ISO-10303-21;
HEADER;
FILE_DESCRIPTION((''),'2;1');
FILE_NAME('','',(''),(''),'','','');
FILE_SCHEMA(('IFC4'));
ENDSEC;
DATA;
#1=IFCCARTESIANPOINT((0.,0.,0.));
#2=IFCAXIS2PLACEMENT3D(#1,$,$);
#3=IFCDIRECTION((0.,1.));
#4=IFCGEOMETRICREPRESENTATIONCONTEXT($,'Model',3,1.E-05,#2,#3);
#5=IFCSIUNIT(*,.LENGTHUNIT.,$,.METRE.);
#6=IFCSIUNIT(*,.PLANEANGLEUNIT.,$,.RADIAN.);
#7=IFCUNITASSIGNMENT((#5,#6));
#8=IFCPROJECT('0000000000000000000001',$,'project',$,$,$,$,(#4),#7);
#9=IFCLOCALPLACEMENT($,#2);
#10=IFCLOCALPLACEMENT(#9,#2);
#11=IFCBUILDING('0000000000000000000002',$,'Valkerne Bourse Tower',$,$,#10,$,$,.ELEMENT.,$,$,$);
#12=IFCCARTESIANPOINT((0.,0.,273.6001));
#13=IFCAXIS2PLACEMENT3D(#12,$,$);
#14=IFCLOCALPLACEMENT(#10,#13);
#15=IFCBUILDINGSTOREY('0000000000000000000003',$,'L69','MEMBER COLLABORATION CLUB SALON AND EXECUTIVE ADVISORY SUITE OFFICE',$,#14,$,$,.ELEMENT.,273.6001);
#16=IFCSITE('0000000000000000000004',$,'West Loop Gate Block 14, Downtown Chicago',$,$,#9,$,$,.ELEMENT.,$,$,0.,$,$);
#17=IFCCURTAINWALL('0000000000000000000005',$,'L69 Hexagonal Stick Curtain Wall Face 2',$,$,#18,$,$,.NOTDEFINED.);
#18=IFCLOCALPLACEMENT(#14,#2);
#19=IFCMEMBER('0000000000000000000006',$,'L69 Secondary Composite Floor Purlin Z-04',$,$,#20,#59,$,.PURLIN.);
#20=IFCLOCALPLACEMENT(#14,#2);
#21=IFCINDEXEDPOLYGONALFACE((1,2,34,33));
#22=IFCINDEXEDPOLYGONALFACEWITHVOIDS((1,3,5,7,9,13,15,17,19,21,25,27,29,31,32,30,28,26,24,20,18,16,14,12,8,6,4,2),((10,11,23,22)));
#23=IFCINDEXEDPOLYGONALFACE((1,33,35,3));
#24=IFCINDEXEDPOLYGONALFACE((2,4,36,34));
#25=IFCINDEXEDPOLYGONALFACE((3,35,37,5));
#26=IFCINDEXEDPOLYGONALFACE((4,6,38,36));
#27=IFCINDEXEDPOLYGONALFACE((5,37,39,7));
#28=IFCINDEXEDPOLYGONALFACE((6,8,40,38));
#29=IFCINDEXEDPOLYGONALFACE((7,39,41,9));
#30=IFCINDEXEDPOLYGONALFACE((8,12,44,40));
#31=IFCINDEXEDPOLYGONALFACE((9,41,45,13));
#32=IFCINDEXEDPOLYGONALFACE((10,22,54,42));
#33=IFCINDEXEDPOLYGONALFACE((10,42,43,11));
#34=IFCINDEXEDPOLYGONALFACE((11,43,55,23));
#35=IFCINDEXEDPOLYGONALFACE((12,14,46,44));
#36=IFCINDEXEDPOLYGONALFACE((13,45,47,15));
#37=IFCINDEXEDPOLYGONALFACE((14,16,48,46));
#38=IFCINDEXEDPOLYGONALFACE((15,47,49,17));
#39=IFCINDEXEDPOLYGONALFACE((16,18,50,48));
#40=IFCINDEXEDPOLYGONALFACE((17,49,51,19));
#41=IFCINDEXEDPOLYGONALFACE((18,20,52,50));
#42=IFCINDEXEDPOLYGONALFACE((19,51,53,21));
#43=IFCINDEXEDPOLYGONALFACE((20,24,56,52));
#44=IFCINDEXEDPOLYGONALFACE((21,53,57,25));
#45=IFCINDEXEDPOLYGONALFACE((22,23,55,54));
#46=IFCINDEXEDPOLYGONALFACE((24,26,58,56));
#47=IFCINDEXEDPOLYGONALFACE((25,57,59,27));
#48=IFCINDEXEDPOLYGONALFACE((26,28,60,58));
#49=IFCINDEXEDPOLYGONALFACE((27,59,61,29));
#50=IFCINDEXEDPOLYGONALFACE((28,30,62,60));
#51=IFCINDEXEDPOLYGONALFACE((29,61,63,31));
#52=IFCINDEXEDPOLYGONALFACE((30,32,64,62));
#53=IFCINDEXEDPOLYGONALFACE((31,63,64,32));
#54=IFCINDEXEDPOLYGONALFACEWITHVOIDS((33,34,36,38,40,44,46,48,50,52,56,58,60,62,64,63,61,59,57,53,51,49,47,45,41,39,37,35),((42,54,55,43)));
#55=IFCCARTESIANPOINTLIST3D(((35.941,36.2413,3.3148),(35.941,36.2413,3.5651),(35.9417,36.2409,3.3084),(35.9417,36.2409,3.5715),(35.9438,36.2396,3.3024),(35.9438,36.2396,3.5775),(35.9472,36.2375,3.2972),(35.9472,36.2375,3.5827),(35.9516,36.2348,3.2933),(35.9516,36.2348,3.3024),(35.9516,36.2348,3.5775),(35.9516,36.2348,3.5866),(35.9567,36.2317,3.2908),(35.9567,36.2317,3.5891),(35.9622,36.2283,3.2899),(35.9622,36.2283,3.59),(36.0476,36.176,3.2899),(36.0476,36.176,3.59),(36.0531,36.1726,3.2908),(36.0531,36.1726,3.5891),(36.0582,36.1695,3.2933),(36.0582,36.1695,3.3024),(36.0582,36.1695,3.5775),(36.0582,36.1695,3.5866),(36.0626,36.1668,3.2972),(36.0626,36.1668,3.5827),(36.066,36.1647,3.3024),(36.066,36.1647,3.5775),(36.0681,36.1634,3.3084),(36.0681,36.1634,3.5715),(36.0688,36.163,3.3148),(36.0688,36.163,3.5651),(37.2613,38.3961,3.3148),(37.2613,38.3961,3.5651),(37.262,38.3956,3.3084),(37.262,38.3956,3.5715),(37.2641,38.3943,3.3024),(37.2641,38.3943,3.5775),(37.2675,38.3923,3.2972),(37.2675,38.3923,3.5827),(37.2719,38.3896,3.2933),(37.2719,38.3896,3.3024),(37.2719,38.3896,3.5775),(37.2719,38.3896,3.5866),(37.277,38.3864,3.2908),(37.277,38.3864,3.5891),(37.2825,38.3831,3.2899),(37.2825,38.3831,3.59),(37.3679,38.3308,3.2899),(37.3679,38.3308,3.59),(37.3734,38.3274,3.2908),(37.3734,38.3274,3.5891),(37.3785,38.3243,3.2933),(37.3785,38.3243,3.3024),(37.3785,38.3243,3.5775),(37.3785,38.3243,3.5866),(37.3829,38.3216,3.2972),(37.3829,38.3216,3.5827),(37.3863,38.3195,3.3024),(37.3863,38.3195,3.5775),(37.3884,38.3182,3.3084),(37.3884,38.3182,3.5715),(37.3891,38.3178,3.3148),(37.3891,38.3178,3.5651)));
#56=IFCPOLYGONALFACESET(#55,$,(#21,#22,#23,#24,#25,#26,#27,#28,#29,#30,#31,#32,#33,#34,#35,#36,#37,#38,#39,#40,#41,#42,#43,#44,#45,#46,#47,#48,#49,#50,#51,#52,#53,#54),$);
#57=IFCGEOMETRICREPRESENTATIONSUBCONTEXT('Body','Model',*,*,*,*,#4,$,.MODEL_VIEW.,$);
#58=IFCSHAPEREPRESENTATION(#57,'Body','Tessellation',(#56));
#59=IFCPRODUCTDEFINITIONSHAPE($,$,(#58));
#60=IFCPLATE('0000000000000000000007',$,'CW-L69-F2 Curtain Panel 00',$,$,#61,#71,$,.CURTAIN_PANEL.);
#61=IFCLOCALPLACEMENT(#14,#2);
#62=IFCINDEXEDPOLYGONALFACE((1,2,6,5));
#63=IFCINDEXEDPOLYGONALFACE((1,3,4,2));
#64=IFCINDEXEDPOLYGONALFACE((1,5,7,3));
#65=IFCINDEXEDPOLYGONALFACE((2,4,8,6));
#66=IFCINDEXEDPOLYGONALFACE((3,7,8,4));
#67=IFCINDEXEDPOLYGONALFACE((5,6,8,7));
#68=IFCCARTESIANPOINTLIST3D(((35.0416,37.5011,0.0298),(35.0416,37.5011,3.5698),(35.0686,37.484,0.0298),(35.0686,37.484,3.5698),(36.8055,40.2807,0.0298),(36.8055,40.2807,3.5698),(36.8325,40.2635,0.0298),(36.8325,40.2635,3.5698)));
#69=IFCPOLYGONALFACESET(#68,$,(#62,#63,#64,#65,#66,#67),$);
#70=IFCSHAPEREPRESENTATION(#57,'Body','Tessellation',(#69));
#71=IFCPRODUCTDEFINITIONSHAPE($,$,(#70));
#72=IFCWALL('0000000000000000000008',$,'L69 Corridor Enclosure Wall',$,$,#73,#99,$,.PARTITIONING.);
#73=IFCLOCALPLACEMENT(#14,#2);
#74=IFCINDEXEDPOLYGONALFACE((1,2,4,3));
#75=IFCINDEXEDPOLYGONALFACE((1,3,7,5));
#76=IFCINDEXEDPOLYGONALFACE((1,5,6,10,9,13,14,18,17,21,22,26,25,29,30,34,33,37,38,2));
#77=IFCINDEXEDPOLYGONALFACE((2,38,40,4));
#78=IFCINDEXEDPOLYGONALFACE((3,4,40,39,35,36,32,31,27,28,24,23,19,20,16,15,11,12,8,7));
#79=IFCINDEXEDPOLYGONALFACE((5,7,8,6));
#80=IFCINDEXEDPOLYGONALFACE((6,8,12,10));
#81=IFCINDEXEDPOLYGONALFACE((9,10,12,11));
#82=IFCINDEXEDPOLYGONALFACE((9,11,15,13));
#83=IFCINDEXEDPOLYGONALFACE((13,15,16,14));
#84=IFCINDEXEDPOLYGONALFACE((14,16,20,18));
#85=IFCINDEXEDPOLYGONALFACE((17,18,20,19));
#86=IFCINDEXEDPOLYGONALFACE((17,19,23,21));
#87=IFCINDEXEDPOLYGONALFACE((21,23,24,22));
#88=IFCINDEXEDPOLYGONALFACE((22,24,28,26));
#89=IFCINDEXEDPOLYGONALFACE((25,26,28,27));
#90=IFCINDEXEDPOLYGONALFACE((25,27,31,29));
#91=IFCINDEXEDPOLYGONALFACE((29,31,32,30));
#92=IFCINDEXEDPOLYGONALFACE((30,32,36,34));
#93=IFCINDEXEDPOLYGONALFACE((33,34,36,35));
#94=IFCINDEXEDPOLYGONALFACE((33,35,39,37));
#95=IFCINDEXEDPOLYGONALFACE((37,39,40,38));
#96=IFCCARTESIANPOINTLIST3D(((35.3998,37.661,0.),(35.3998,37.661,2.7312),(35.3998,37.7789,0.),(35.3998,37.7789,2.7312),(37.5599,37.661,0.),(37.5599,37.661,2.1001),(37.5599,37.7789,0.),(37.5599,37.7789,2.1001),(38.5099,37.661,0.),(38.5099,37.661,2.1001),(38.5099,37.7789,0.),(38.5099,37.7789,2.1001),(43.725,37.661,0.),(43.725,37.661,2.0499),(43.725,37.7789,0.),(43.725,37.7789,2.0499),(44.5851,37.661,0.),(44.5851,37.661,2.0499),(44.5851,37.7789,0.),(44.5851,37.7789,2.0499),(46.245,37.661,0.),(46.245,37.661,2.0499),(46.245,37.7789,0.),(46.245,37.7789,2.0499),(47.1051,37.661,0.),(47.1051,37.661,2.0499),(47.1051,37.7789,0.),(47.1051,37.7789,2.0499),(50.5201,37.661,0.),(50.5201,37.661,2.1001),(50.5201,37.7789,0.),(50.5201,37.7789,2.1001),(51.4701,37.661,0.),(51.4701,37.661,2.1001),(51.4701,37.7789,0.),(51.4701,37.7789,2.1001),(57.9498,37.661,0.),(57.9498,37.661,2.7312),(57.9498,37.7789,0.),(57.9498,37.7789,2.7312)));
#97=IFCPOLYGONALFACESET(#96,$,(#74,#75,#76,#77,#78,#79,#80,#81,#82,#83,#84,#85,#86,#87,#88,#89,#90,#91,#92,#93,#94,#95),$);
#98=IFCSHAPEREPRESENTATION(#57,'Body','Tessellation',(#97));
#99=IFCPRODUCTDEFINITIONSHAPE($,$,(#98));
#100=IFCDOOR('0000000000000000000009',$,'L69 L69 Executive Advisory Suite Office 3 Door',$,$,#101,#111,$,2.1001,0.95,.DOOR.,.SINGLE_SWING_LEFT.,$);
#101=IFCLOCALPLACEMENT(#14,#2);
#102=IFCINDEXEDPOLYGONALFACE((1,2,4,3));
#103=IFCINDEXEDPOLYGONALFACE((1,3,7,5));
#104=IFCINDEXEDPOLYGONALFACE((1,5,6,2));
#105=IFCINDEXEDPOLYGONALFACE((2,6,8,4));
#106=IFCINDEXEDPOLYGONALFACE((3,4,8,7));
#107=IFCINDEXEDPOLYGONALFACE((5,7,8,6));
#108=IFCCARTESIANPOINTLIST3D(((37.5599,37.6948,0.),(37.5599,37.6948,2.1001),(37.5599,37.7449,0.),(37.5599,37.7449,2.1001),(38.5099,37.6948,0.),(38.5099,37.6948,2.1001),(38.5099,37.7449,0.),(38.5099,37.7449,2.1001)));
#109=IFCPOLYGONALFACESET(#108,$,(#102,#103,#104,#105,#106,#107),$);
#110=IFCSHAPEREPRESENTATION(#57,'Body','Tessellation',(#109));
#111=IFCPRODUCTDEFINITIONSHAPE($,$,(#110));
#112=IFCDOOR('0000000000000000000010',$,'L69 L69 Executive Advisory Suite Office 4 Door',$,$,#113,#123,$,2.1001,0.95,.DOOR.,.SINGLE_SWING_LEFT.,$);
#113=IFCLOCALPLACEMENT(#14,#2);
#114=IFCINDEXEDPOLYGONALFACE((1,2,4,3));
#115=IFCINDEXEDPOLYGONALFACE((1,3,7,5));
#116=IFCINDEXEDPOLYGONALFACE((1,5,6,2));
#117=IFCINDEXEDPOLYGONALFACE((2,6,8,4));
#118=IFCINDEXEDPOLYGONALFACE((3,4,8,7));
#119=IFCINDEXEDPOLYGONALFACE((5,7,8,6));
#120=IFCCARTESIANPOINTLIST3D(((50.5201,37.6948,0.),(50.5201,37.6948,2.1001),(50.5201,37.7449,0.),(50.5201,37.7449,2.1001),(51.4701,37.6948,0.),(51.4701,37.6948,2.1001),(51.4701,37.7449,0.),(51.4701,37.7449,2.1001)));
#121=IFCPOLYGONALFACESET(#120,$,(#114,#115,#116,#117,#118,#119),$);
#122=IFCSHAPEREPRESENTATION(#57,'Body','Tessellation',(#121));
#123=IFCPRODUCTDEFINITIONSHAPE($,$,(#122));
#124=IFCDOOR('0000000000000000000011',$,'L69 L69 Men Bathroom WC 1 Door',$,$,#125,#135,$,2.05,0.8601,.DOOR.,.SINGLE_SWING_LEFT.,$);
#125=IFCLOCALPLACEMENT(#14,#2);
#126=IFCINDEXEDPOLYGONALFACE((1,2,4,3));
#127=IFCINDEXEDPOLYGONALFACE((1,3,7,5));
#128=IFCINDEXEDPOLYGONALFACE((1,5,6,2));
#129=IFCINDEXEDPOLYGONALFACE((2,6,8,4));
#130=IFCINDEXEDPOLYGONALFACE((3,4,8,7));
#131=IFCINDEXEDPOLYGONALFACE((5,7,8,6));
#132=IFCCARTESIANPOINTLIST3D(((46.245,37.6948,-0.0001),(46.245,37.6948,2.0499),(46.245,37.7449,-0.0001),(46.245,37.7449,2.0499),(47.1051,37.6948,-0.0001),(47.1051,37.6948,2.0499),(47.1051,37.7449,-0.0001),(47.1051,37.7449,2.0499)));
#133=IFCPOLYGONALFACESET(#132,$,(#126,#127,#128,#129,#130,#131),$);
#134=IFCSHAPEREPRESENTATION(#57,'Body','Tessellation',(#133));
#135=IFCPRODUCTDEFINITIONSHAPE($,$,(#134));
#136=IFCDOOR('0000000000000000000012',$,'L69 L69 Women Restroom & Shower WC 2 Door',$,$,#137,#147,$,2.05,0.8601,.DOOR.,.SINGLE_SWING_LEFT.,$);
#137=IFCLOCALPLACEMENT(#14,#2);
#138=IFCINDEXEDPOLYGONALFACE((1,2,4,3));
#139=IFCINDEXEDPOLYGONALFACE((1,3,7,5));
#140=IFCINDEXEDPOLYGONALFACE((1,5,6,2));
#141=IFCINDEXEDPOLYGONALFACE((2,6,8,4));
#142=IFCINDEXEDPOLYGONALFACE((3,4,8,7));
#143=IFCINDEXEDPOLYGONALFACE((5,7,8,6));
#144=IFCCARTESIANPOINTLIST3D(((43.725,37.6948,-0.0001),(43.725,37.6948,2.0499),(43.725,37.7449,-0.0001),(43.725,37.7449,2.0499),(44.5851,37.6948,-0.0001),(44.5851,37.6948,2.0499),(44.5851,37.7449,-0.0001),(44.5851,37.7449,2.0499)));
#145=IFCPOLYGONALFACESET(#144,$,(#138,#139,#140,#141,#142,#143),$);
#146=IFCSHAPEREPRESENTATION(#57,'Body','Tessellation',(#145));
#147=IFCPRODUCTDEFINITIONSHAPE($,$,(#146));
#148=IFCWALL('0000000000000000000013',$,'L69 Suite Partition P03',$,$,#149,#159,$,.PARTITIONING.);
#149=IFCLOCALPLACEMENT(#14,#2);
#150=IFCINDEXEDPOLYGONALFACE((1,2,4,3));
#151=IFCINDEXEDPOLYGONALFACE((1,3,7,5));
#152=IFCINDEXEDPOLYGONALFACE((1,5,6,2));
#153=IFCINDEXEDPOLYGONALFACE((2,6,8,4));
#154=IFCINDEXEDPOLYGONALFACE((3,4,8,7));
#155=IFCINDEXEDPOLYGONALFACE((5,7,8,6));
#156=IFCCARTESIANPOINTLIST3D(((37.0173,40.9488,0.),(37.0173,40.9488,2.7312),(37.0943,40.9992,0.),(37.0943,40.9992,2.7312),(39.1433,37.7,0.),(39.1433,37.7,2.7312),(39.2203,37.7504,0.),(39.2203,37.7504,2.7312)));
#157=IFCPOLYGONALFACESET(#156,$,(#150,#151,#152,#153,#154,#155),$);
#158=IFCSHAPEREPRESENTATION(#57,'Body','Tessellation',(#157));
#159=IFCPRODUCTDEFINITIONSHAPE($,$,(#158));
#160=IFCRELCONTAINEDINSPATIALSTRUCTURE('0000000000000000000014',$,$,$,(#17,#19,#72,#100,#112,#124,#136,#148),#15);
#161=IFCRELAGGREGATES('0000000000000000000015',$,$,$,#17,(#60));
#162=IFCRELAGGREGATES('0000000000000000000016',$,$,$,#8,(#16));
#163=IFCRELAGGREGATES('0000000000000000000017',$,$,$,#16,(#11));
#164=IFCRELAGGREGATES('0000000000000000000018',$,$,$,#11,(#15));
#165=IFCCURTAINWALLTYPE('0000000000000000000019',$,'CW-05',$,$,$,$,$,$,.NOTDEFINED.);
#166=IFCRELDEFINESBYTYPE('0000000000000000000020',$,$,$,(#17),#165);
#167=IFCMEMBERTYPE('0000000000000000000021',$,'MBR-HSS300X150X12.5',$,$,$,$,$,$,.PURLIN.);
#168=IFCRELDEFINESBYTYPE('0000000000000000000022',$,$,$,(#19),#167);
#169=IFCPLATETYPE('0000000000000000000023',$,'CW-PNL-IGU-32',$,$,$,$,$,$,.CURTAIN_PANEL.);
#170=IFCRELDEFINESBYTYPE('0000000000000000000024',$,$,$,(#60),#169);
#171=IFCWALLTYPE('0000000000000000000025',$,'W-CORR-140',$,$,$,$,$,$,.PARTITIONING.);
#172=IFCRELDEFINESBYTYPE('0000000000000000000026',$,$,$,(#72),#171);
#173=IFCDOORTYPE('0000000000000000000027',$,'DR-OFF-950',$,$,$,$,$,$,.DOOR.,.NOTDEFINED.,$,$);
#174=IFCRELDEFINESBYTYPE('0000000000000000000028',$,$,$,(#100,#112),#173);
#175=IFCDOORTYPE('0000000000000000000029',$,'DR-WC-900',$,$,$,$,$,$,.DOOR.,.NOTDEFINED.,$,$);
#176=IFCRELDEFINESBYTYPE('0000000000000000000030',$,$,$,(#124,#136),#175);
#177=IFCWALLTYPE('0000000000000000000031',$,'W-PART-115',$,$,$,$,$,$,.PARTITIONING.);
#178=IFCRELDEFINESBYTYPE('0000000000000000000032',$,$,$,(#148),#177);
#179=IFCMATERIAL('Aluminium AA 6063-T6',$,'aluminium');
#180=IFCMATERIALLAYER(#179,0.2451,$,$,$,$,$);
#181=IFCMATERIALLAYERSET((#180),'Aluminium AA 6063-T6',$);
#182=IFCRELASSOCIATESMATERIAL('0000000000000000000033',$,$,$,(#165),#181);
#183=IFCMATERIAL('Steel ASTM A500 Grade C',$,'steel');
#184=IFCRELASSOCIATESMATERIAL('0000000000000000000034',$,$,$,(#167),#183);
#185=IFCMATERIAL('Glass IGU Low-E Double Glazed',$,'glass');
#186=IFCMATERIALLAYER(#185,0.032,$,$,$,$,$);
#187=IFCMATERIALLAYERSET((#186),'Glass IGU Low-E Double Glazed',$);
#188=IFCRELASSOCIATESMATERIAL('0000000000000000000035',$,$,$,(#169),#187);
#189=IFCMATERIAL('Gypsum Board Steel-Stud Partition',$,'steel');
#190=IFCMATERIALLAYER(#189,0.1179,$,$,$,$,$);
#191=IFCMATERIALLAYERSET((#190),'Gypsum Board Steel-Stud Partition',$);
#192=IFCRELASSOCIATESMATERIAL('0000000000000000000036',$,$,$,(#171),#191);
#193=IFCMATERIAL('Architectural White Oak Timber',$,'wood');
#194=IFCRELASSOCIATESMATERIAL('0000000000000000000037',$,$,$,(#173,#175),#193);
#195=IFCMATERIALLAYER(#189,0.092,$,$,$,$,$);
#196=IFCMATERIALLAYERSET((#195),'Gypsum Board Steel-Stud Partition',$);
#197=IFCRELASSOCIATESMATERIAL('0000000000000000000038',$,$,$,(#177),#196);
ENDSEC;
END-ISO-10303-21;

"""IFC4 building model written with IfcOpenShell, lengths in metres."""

from ifc_helpers import new_model, si_unit, direction, frame, frame_2d, origin, origin_2d, place, context, subcontext, project, spatial, rectangle, hollow_rectangle, extrude, material, layer, layer_set, material_profile, profile_set, type_object, element, fill, aggregate, save


model = new_model("IFC4")

# Units and contexts
model_context = context("Model", 3, precision=1e-05, world=origin(), true_north=direction((0.0, 1.0)))
body_context = subcontext(model_context, "Body", "Model", "MODEL_VIEW")
ifc_project = project(units=[si_unit("LENGTHUNIT", "METRE"), si_unit("PLANEANGLEUNIT", "RADIAN")], contexts=[model_context])

# Site, building, storey
site_placement = place(None, origin())
site = spatial("IfcSite", under=ifc_project, at=site_placement, Name="West Loop Gate Block 14, Downtown Chicago", CompositionType="ELEMENT", RefElevation=0.0)
building_placement = place(site_placement, origin())
building = spatial("IfcBuilding", under=site, at=building_placement, Name="Valkerne Bourse Tower", CompositionType="ELEMENT")
storey_placement = place(building_placement, frame((0.0, 0.0, 273.6001)))
storey = spatial("IfcBuildingStorey", under=building, at=storey_placement, Name="L69", Description="MEMBER COLLABORATION CLUB SALON AND EXECUTIVE ADVISORY SUITE OFFICE", CompositionType="ELEMENT", Elevation=273.6001)

# Curtain wall
ifc_material_1 = material(Name="Aluminium AA 6063-T6", Category="aluminium")
ifc_layer_1 = layer(ifc_material_1, 0.2451)
ifc_layer_set_1 = layer_set([ifc_layer_1], Name="Aluminium AA 6063-T6")
curtain_wall_type = type_object("IfcCurtainWallType", Name="CW-05", PredefinedType="NOTDEFINED", material=ifc_layer_set_1)
curtain_wall_placement = place(storey_placement, origin())
curtain_wall = element("IfcCurtainWall", 1, at=curtain_wall_placement, inside=storey, type_object=curtain_wall_type, Name="L69 Hexagonal Stick Curtain Wall Face 2", PredefinedType="NOTDEFINED")

# Member
ifc_material_2 = material(Name="Steel ASTM A500 Grade C", Category="steel")
ifc_material_profile_1 = material_profile(ifc_material_2, hollow_rectangle(XDim=0.1499, YDim=0.3, WallThickness=0.0125, OuterFilletRadius=0.0249, at=origin_2d()), Name="HSS300X150X12.5")
ifc_profile_set_1 = profile_set([ifc_material_profile_1], Name="Steel ASTM A500 Grade C")
member_type_1 = type_object("IfcMemberType", Name="MBR-HSS300X150X12.5", PredefinedType="PURLIN", material=ifc_profile_set_1)
member_1_placement = place(storey_placement, frame((37.3252, 38.3569, 3.4399), z_axis=(-0.522458, -0.852665, 0.0), x_axis=(0.852665, -0.522458, 0.0)))
element("IfcMember", 2, at=member_1_placement, inside=storey, type_object=member_type_1, Name="L69 Secondary Composite Floor Purlin Z-04", PredefinedType="PURLIN", context=body_context, shape_type="SweptSolid", body=[
    extrude(hollow_rectangle(XDim=0.1499, YDim=0.3, WallThickness=0.0125, OuterFilletRadius=0.0249, at=origin_2d()), origin(), (0.0, 0.0, 1.0), 2.5271),
])

# Plate
ifc_material_3 = material(Name="Glass IGU Low-E Double Glazed", Category="glass")
ifc_layer_2 = layer(ifc_material_3, 0.032)
ifc_layer_set_2 = layer_set([ifc_layer_2], Name="Glass IGU Low-E Double Glazed")
plate_type = type_object("IfcPlateType", Name="CW-PNL-IGU-32", PredefinedType="CURTAIN_PANEL", material=ifc_layer_set_2)
plate_placement = place(storey_placement, frame((35.937, 38.8823, 0.0298), z_axis=(0.0, 0.0, 1.0), x_axis=(-0.535817, -0.844334, 0.0)))
plate = element("IfcPlate", 3, at=plate_placement, type_object=plate_type, Name="CW-L69-F2 Curtain Panel 00", PredefinedType="CURTAIN_PANEL", context=body_context, shape_type="SweptSolid", body=[
    extrude(rectangle(XDim=3.292, YDim=0.032, at=origin_2d()), origin(), (0.0, 0.0, 1.0), 3.54),
])
aggregate(curtain_wall, [plate])

# Wall, openings, doors
ifc_material_4 = material(Name="Gypsum Board Steel-Stud Partition", Category="steel")
ifc_layer_3 = layer(ifc_material_4, 0.1179)
ifc_layer_set_3 = layer_set([ifc_layer_3], Name="Gypsum Board Steel-Stud Partition")
wall_type_1 = type_object("IfcWallType", Name="W-CORR-140", PredefinedType="PARTITIONING", material=ifc_layer_set_3)
wall_1_placement = place(storey_placement, frame((35.3999, 37.72, 0.0), z_axis=(0.0, 0.0, 1.0), x_axis=(1.0, 0.0, 0.0)))
wall_1 = element("IfcWall", 4, at=wall_1_placement, inside=storey, type_object=wall_type_1, Name="L69 Corridor Enclosure Wall", PredefinedType="PARTITIONING", context=body_context, shape_type="SweptSolid", body=[
    extrude(rectangle(XDim=22.55, YDim=0.1179, at=frame_2d((11.2749, 0.0))), origin(), (0.0, 0.0, 1.0), 2.7312),
])
opening_1_placement = place(wall_1_placement, frame((10.845, 0.0, 0.0)))
opening_1 = element("IfcOpeningElement", 5, at=opening_1_placement, cuts=wall_1, PredefinedType="OPENING", context=body_context, shape_type="SweptSolid", body=[
    extrude(rectangle(XDim=0.8601, YDim=2.05, at=frame_2d((0.4302, 1.0249))), frame((0.0, 0.0688, 0.0), z_axis=(0.0, -1.0, 0.0), x_axis=(1.0, 0.0, 0.0)), (0.0, 0.0, 1.0), 0.1379),
])
opening_2_placement = place(wall_1_placement, frame((8.325, 0.0, 0.0)))
opening_2 = element("IfcOpeningElement", 6, at=opening_2_placement, cuts=wall_1, PredefinedType="OPENING", context=body_context, shape_type="SweptSolid", body=[
    extrude(rectangle(XDim=0.8601, YDim=2.05, at=frame_2d((0.4302, 1.0249))), frame((0.0, 0.0688, 0.0), z_axis=(0.0, -1.0, 0.0), x_axis=(1.0, 0.0, 0.0)), (0.0, 0.0, 1.0), 0.1379),
])
opening_3_placement = place(wall_1_placement, frame((2.1599, 0.0, 0.0)))
opening_3 = element("IfcOpeningElement", 7, at=opening_3_placement, cuts=wall_1, PredefinedType="OPENING", context=body_context, shape_type="SweptSolid", body=[
    extrude(rectangle(XDim=0.95, YDim=2.1001, at=frame_2d((0.4751, 1.05))), frame((0.0, 0.0688, 0.0), z_axis=(0.0, -1.0, 0.0), x_axis=(1.0, 0.0, 0.0)), (0.0, 0.0, 1.0), 0.1379),
])
opening_4_placement = place(wall_1_placement, frame((15.1201, 0.0, 0.0)))
opening_4 = element("IfcOpeningElement", 8, at=opening_4_placement, cuts=wall_1, PredefinedType="OPENING", context=body_context, shape_type="SweptSolid", body=[
    extrude(rectangle(XDim=0.95, YDim=2.1001, at=frame_2d((0.4751, 1.05))), frame((0.0, 0.0688, 0.0), z_axis=(0.0, -1.0, 0.0), x_axis=(1.0, 0.0, 0.0)), (0.0, 0.0, 1.0), 0.1379),
])
ifc_material_5 = material(Name="Architectural White Oak Timber", Category="wood")
door_type_1 = type_object("IfcDoorType", Name="DR-OFF-950", OperationType="NOTDEFINED", PredefinedType="DOOR", material=ifc_material_5)
door_1_placement = place(opening_3_placement, origin())
door_1 = element("IfcDoor", 9, at=door_1_placement, inside=storey, type_object=door_type_1, Name="L69 L69 Executive Advisory Suite Office 3 Door", OperationType="SINGLE_SWING_LEFT", OverallHeight=2.1001, OverallWidth=0.95, PredefinedType="DOOR", context=body_context, shape_type="SweptSolid", body=[
    extrude(rectangle(XDim=0.95, YDim=2.1001, at=frame_2d((0.4751, 1.05))), frame((0.0, 0.0249, 0.0), z_axis=(0.0, -1.0, 0.0), x_axis=(1.0, 0.0, 0.0)), (0.0, 0.0, 1.0), 0.05),
])
fill(opening_3, door_1)
door_2_placement = place(opening_4_placement, origin())
door_2 = element("IfcDoor", 10, at=door_2_placement, inside=storey, type_object=door_type_1, Name="L69 L69 Executive Advisory Suite Office 4 Door", OperationType="SINGLE_SWING_LEFT", OverallHeight=2.1001, OverallWidth=0.95, PredefinedType="DOOR", context=body_context, shape_type="SweptSolid", body=[
    extrude(rectangle(XDim=0.95, YDim=2.1001, at=frame_2d((0.4751, 1.05))), frame((0.0, 0.0249, 0.0), z_axis=(0.0, -1.0, 0.0), x_axis=(1.0, 0.0, 0.0)), (0.0, 0.0, 1.0), 0.05),
])
fill(opening_4, door_2)
door_type_2 = type_object("IfcDoorType", Name="DR-WC-900", OperationType="NOTDEFINED", PredefinedType="DOOR", material=ifc_material_5)
door_3_placement = place(opening_1_placement, origin())
door_3 = element("IfcDoor", 11, at=door_3_placement, inside=storey, type_object=door_type_2, Name="L69 L69 Men Bathroom WC 1 Door", OperationType="SINGLE_SWING_LEFT", OverallHeight=2.05, OverallWidth=0.8601, PredefinedType="DOOR", context=body_context, shape_type="SweptSolid", body=[
    extrude(rectangle(XDim=0.8601, YDim=2.05, at=frame_2d((0.4302, 1.0249))), frame((0.0, 0.0249, 0.0), z_axis=(0.0, -1.0, 0.0), x_axis=(1.0, 0.0, 0.0)), (0.0, 0.0, 1.0), 0.05),
])
fill(opening_1, door_3)
door_4_placement = place(opening_2_placement, origin())
door_4 = element("IfcDoor", 12, at=door_4_placement, inside=storey, type_object=door_type_2, Name="L69 L69 Women Restroom & Shower WC 2 Door", OperationType="SINGLE_SWING_LEFT", OverallHeight=2.05, OverallWidth=0.8601, PredefinedType="DOOR", context=body_context, shape_type="SweptSolid", body=[
    extrude(rectangle(XDim=0.8601, YDim=2.05, at=frame_2d((0.4302, 1.0249))), frame((0.0, 0.0249, 0.0), z_axis=(0.0, -1.0, 0.0), x_axis=(1.0, 0.0, 0.0)), (0.0, 0.0, 1.0), 0.05),
])
fill(opening_2, door_4)

# Wall
ifc_layer_4 = layer(ifc_material_4, 0.092)
ifc_layer_set_4 = layer_set([ifc_layer_4], Name="Gypsum Board Steel-Stud Partition")
wall_type_2 = type_object("IfcWallType", Name="W-PART-115", PredefinedType="PARTITIONING", material=ifc_layer_set_4)
wall_2_placement = place(storey_placement, frame((39.1819, 37.7251, 0.0), z_axis=(0.0, 0.0, 1.0), x_axis=(-0.54757, 0.83676, 0.0)))
element("IfcWall", 13, at=wall_2_placement, inside=storey, type_object=wall_type_2, Name="L69 Suite Partition P03", PredefinedType="PARTITIONING", context=body_context, shape_type="SweptSolid", body=[
    extrude(rectangle(XDim=3.8826, YDim=0.092, at=frame_2d((1.9414, 0.0))), origin(), (0.0, 0.0, 1.0), 2.7312),
])

save(model, "model.ifc")
